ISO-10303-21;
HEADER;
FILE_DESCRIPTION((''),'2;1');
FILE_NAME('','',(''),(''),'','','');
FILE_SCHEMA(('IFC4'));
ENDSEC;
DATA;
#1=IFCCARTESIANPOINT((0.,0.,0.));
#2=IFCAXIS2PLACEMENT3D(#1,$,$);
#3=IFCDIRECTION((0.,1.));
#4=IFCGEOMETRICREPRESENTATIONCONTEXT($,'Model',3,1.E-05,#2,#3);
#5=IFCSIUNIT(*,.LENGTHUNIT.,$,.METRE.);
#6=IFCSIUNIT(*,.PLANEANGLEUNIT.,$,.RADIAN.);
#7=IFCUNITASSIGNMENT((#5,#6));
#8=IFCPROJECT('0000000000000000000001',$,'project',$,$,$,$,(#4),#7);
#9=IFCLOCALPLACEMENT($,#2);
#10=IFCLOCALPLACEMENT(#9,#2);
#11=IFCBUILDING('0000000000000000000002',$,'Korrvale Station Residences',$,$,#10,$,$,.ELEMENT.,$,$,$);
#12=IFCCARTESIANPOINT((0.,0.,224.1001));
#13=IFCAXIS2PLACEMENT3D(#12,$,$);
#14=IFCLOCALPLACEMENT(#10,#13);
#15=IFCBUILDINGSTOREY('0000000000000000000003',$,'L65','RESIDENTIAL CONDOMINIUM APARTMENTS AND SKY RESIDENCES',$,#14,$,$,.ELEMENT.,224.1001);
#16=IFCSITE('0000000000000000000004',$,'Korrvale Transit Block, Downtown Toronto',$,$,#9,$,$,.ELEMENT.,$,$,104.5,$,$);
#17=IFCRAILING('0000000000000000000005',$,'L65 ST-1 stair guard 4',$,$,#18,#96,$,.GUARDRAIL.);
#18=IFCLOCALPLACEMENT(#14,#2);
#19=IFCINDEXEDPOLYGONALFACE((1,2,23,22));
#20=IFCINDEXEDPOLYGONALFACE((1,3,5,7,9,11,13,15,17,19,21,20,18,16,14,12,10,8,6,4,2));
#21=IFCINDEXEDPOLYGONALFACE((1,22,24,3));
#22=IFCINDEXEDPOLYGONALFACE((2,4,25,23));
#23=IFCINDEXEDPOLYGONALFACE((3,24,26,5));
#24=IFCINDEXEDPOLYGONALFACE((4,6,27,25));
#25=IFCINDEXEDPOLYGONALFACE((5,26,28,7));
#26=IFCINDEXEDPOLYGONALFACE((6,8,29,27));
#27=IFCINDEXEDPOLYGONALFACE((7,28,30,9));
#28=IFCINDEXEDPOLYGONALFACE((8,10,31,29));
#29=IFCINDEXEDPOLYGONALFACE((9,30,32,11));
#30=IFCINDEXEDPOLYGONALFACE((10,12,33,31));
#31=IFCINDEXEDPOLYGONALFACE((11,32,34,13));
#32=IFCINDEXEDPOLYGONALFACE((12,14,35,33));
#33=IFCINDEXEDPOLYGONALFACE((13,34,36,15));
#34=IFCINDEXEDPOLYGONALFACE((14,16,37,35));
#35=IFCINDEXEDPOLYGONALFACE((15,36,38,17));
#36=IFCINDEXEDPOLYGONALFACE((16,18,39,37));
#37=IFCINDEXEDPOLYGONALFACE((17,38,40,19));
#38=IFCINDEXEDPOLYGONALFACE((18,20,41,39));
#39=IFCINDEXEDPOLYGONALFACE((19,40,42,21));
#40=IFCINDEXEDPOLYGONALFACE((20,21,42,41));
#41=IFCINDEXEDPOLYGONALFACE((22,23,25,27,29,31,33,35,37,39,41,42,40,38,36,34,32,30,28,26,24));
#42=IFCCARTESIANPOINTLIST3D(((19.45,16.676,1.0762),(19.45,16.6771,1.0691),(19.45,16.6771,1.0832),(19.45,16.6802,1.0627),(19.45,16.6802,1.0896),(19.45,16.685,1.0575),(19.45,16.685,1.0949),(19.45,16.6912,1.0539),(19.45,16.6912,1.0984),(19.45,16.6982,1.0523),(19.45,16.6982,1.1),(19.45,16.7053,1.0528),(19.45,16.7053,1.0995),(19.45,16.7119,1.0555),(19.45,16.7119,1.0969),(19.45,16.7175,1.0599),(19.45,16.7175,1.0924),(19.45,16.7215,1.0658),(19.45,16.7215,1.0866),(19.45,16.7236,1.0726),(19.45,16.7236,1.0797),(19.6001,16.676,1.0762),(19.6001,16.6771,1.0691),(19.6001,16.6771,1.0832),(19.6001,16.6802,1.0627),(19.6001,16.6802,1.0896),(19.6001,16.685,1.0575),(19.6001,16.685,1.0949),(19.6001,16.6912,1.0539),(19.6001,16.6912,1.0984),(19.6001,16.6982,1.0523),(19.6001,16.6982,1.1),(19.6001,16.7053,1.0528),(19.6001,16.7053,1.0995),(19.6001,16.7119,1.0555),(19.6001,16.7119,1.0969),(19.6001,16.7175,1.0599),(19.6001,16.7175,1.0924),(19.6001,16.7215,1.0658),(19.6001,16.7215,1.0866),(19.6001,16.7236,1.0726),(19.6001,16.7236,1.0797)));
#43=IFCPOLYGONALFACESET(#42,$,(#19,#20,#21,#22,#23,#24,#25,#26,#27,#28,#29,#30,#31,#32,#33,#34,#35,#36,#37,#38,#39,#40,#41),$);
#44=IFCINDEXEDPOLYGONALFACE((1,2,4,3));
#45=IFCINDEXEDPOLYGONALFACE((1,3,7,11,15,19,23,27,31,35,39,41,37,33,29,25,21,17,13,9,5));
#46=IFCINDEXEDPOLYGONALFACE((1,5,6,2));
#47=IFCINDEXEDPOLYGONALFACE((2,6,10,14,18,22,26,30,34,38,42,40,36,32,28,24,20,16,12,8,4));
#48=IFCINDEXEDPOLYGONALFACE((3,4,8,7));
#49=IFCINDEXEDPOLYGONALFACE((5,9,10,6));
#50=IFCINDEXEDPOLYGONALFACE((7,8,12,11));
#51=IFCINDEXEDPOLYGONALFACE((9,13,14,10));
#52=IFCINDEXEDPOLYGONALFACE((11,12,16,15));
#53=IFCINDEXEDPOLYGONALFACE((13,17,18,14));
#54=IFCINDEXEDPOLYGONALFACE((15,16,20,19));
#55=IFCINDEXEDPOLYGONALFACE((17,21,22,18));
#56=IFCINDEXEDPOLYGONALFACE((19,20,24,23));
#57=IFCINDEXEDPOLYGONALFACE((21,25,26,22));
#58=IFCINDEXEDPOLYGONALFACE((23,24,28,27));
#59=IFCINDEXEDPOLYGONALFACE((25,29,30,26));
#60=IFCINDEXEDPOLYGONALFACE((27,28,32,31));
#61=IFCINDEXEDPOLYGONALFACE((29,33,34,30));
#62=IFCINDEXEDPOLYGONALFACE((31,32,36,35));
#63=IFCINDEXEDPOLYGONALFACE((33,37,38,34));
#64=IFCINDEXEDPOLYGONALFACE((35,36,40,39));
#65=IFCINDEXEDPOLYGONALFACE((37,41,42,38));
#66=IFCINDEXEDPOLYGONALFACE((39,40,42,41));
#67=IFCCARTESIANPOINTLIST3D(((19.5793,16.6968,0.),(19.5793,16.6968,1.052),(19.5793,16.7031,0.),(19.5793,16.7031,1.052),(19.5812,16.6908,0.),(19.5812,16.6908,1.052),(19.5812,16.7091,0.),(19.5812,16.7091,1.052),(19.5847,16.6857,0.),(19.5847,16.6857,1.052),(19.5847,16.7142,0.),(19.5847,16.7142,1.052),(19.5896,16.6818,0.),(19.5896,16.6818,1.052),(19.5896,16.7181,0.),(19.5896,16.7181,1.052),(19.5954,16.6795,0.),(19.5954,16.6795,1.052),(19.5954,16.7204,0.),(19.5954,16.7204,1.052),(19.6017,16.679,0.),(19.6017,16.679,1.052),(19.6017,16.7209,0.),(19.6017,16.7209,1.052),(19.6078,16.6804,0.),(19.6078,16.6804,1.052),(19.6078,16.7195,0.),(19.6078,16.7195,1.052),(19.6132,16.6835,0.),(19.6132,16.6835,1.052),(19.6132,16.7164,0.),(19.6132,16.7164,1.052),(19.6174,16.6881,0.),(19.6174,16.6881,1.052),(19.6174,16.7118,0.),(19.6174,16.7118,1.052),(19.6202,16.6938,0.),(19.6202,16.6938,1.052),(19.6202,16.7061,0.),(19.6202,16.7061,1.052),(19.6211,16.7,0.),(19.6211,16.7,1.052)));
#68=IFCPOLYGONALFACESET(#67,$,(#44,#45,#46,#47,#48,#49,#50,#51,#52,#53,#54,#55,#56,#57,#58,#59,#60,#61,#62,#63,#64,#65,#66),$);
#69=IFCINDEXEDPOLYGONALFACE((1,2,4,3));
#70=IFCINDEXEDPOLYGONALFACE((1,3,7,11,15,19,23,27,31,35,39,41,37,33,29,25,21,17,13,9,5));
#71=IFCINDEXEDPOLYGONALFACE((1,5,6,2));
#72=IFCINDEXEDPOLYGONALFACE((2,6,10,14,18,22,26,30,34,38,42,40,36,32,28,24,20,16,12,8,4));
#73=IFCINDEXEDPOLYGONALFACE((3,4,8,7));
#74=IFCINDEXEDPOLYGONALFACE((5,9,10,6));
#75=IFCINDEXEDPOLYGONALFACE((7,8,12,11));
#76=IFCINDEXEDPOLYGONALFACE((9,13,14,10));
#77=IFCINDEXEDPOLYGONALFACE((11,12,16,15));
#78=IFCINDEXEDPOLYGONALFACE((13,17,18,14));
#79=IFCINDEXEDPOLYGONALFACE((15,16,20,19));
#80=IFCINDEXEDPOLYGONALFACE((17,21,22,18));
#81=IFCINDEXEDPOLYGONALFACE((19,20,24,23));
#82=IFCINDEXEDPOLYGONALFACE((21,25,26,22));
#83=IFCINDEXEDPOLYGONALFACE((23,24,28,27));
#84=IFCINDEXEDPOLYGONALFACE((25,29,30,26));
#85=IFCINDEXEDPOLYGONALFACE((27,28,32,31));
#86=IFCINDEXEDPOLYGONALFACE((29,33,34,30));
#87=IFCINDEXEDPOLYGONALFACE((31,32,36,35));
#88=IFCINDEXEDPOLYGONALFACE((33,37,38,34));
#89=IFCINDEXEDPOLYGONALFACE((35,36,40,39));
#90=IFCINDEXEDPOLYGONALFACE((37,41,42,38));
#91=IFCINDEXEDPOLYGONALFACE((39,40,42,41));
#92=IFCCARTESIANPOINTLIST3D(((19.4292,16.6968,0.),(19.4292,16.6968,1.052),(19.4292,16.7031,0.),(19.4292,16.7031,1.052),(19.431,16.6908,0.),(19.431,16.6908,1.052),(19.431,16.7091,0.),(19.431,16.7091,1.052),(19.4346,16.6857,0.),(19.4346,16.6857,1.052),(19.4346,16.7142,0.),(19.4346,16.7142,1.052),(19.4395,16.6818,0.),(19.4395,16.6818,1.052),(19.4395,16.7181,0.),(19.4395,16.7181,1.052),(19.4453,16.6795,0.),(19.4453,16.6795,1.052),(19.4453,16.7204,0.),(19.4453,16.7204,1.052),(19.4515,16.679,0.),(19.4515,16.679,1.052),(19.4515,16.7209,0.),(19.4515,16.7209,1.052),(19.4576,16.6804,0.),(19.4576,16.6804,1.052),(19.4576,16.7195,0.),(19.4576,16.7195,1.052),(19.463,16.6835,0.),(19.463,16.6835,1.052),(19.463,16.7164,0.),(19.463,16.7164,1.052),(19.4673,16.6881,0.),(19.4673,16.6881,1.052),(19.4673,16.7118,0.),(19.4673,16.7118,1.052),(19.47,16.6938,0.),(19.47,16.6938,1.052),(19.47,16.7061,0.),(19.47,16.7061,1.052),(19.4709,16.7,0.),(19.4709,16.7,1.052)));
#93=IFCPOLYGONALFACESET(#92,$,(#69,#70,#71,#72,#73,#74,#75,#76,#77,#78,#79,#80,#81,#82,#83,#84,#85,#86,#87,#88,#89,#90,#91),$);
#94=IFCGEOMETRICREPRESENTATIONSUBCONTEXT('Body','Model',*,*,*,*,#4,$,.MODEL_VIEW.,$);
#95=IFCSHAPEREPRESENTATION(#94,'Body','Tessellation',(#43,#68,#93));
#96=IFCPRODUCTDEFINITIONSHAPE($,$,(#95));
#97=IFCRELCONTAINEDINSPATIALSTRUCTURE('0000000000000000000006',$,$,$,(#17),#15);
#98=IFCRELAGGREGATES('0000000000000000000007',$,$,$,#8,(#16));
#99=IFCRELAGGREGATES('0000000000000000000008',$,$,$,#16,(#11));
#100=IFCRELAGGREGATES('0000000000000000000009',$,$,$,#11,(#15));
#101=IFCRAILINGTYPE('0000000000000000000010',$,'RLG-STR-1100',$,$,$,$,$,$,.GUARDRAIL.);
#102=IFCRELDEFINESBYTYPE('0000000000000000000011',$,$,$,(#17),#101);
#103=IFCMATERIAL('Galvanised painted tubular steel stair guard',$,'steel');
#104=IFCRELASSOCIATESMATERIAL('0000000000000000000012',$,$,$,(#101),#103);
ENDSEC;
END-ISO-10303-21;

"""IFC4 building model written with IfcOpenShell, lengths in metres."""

from ifc_helpers import new_model, si_unit, direction, frame, origin, origin_2d, place, context, subcontext, project, spatial, circle, extrude, material, type_object, element, save


model = new_model("IFC4")

# Units and contexts
model_context = context("Model", 3, precision=1e-05, world=origin(), true_north=direction((0.0, 1.0)))
body_context = subcontext(model_context, "Body", "Model", "MODEL_VIEW")
ifc_project = project(units=[si_unit("LENGTHUNIT", "METRE"), si_unit("PLANEANGLEUNIT", "RADIAN")], contexts=[model_context])

# Site, building, storey
site_placement = place(None, origin())
site = spatial("IfcSite", under=ifc_project, at=site_placement, Name="Korrvale Transit Block, Downtown Toronto", CompositionType="ELEMENT", RefElevation=104.5)
building_placement = place(site_placement, origin())
building = spatial("IfcBuilding", under=site, at=building_placement, Name="Korrvale Station Residences", CompositionType="ELEMENT")
storey_placement = place(building_placement, frame((0.0, 0.0, 224.1001)))
storey = spatial("IfcBuildingStorey", under=building, at=storey_placement, Name="L65", Description="RESIDENTIAL CONDOMINIUM APARTMENTS AND SKY RESIDENCES", CompositionType="ELEMENT", Elevation=224.1001)

# Railing
ifc_material_1 = material(Name="Galvanised painted tubular steel stair guard", Category="steel")
railing_type_1 = type_object("IfcRailingType", Name="RLG-STR-1100", PredefinedType="GUARDRAIL", material=ifc_material_1)
railing_1_placement = place(storey_placement, frame((19.6001, 16.7, 0.0)))
element("IfcRailing", 1, at=railing_1_placement, inside=storey, type_object=railing_type_1, Name="L65 ST-1 stair guard 4", PredefinedType="GUARDRAIL", context=body_context, shape_type="SweptSolid", body=[
    extrude(circle(Radius=0.0239, at=origin_2d()), frame((0.0, 0.0, 1.0762), z_axis=(-1.0, 0.0, 0.0), x_axis=(0.0, -1.0, 0.0)), (0.0, 0.0, 1.0), 0.1501),
    extrude(circle(Radius=0.021, at=origin_2d()), origin(), (0.0, 0.0, 1.0), 1.052),
    extrude(circle(Radius=0.021, at=origin_2d()), frame((-0.1501, 0.0, 0.0)), (0.0, 0.0, 1.0), 1.052),
])

save(model, "model.ifc")
